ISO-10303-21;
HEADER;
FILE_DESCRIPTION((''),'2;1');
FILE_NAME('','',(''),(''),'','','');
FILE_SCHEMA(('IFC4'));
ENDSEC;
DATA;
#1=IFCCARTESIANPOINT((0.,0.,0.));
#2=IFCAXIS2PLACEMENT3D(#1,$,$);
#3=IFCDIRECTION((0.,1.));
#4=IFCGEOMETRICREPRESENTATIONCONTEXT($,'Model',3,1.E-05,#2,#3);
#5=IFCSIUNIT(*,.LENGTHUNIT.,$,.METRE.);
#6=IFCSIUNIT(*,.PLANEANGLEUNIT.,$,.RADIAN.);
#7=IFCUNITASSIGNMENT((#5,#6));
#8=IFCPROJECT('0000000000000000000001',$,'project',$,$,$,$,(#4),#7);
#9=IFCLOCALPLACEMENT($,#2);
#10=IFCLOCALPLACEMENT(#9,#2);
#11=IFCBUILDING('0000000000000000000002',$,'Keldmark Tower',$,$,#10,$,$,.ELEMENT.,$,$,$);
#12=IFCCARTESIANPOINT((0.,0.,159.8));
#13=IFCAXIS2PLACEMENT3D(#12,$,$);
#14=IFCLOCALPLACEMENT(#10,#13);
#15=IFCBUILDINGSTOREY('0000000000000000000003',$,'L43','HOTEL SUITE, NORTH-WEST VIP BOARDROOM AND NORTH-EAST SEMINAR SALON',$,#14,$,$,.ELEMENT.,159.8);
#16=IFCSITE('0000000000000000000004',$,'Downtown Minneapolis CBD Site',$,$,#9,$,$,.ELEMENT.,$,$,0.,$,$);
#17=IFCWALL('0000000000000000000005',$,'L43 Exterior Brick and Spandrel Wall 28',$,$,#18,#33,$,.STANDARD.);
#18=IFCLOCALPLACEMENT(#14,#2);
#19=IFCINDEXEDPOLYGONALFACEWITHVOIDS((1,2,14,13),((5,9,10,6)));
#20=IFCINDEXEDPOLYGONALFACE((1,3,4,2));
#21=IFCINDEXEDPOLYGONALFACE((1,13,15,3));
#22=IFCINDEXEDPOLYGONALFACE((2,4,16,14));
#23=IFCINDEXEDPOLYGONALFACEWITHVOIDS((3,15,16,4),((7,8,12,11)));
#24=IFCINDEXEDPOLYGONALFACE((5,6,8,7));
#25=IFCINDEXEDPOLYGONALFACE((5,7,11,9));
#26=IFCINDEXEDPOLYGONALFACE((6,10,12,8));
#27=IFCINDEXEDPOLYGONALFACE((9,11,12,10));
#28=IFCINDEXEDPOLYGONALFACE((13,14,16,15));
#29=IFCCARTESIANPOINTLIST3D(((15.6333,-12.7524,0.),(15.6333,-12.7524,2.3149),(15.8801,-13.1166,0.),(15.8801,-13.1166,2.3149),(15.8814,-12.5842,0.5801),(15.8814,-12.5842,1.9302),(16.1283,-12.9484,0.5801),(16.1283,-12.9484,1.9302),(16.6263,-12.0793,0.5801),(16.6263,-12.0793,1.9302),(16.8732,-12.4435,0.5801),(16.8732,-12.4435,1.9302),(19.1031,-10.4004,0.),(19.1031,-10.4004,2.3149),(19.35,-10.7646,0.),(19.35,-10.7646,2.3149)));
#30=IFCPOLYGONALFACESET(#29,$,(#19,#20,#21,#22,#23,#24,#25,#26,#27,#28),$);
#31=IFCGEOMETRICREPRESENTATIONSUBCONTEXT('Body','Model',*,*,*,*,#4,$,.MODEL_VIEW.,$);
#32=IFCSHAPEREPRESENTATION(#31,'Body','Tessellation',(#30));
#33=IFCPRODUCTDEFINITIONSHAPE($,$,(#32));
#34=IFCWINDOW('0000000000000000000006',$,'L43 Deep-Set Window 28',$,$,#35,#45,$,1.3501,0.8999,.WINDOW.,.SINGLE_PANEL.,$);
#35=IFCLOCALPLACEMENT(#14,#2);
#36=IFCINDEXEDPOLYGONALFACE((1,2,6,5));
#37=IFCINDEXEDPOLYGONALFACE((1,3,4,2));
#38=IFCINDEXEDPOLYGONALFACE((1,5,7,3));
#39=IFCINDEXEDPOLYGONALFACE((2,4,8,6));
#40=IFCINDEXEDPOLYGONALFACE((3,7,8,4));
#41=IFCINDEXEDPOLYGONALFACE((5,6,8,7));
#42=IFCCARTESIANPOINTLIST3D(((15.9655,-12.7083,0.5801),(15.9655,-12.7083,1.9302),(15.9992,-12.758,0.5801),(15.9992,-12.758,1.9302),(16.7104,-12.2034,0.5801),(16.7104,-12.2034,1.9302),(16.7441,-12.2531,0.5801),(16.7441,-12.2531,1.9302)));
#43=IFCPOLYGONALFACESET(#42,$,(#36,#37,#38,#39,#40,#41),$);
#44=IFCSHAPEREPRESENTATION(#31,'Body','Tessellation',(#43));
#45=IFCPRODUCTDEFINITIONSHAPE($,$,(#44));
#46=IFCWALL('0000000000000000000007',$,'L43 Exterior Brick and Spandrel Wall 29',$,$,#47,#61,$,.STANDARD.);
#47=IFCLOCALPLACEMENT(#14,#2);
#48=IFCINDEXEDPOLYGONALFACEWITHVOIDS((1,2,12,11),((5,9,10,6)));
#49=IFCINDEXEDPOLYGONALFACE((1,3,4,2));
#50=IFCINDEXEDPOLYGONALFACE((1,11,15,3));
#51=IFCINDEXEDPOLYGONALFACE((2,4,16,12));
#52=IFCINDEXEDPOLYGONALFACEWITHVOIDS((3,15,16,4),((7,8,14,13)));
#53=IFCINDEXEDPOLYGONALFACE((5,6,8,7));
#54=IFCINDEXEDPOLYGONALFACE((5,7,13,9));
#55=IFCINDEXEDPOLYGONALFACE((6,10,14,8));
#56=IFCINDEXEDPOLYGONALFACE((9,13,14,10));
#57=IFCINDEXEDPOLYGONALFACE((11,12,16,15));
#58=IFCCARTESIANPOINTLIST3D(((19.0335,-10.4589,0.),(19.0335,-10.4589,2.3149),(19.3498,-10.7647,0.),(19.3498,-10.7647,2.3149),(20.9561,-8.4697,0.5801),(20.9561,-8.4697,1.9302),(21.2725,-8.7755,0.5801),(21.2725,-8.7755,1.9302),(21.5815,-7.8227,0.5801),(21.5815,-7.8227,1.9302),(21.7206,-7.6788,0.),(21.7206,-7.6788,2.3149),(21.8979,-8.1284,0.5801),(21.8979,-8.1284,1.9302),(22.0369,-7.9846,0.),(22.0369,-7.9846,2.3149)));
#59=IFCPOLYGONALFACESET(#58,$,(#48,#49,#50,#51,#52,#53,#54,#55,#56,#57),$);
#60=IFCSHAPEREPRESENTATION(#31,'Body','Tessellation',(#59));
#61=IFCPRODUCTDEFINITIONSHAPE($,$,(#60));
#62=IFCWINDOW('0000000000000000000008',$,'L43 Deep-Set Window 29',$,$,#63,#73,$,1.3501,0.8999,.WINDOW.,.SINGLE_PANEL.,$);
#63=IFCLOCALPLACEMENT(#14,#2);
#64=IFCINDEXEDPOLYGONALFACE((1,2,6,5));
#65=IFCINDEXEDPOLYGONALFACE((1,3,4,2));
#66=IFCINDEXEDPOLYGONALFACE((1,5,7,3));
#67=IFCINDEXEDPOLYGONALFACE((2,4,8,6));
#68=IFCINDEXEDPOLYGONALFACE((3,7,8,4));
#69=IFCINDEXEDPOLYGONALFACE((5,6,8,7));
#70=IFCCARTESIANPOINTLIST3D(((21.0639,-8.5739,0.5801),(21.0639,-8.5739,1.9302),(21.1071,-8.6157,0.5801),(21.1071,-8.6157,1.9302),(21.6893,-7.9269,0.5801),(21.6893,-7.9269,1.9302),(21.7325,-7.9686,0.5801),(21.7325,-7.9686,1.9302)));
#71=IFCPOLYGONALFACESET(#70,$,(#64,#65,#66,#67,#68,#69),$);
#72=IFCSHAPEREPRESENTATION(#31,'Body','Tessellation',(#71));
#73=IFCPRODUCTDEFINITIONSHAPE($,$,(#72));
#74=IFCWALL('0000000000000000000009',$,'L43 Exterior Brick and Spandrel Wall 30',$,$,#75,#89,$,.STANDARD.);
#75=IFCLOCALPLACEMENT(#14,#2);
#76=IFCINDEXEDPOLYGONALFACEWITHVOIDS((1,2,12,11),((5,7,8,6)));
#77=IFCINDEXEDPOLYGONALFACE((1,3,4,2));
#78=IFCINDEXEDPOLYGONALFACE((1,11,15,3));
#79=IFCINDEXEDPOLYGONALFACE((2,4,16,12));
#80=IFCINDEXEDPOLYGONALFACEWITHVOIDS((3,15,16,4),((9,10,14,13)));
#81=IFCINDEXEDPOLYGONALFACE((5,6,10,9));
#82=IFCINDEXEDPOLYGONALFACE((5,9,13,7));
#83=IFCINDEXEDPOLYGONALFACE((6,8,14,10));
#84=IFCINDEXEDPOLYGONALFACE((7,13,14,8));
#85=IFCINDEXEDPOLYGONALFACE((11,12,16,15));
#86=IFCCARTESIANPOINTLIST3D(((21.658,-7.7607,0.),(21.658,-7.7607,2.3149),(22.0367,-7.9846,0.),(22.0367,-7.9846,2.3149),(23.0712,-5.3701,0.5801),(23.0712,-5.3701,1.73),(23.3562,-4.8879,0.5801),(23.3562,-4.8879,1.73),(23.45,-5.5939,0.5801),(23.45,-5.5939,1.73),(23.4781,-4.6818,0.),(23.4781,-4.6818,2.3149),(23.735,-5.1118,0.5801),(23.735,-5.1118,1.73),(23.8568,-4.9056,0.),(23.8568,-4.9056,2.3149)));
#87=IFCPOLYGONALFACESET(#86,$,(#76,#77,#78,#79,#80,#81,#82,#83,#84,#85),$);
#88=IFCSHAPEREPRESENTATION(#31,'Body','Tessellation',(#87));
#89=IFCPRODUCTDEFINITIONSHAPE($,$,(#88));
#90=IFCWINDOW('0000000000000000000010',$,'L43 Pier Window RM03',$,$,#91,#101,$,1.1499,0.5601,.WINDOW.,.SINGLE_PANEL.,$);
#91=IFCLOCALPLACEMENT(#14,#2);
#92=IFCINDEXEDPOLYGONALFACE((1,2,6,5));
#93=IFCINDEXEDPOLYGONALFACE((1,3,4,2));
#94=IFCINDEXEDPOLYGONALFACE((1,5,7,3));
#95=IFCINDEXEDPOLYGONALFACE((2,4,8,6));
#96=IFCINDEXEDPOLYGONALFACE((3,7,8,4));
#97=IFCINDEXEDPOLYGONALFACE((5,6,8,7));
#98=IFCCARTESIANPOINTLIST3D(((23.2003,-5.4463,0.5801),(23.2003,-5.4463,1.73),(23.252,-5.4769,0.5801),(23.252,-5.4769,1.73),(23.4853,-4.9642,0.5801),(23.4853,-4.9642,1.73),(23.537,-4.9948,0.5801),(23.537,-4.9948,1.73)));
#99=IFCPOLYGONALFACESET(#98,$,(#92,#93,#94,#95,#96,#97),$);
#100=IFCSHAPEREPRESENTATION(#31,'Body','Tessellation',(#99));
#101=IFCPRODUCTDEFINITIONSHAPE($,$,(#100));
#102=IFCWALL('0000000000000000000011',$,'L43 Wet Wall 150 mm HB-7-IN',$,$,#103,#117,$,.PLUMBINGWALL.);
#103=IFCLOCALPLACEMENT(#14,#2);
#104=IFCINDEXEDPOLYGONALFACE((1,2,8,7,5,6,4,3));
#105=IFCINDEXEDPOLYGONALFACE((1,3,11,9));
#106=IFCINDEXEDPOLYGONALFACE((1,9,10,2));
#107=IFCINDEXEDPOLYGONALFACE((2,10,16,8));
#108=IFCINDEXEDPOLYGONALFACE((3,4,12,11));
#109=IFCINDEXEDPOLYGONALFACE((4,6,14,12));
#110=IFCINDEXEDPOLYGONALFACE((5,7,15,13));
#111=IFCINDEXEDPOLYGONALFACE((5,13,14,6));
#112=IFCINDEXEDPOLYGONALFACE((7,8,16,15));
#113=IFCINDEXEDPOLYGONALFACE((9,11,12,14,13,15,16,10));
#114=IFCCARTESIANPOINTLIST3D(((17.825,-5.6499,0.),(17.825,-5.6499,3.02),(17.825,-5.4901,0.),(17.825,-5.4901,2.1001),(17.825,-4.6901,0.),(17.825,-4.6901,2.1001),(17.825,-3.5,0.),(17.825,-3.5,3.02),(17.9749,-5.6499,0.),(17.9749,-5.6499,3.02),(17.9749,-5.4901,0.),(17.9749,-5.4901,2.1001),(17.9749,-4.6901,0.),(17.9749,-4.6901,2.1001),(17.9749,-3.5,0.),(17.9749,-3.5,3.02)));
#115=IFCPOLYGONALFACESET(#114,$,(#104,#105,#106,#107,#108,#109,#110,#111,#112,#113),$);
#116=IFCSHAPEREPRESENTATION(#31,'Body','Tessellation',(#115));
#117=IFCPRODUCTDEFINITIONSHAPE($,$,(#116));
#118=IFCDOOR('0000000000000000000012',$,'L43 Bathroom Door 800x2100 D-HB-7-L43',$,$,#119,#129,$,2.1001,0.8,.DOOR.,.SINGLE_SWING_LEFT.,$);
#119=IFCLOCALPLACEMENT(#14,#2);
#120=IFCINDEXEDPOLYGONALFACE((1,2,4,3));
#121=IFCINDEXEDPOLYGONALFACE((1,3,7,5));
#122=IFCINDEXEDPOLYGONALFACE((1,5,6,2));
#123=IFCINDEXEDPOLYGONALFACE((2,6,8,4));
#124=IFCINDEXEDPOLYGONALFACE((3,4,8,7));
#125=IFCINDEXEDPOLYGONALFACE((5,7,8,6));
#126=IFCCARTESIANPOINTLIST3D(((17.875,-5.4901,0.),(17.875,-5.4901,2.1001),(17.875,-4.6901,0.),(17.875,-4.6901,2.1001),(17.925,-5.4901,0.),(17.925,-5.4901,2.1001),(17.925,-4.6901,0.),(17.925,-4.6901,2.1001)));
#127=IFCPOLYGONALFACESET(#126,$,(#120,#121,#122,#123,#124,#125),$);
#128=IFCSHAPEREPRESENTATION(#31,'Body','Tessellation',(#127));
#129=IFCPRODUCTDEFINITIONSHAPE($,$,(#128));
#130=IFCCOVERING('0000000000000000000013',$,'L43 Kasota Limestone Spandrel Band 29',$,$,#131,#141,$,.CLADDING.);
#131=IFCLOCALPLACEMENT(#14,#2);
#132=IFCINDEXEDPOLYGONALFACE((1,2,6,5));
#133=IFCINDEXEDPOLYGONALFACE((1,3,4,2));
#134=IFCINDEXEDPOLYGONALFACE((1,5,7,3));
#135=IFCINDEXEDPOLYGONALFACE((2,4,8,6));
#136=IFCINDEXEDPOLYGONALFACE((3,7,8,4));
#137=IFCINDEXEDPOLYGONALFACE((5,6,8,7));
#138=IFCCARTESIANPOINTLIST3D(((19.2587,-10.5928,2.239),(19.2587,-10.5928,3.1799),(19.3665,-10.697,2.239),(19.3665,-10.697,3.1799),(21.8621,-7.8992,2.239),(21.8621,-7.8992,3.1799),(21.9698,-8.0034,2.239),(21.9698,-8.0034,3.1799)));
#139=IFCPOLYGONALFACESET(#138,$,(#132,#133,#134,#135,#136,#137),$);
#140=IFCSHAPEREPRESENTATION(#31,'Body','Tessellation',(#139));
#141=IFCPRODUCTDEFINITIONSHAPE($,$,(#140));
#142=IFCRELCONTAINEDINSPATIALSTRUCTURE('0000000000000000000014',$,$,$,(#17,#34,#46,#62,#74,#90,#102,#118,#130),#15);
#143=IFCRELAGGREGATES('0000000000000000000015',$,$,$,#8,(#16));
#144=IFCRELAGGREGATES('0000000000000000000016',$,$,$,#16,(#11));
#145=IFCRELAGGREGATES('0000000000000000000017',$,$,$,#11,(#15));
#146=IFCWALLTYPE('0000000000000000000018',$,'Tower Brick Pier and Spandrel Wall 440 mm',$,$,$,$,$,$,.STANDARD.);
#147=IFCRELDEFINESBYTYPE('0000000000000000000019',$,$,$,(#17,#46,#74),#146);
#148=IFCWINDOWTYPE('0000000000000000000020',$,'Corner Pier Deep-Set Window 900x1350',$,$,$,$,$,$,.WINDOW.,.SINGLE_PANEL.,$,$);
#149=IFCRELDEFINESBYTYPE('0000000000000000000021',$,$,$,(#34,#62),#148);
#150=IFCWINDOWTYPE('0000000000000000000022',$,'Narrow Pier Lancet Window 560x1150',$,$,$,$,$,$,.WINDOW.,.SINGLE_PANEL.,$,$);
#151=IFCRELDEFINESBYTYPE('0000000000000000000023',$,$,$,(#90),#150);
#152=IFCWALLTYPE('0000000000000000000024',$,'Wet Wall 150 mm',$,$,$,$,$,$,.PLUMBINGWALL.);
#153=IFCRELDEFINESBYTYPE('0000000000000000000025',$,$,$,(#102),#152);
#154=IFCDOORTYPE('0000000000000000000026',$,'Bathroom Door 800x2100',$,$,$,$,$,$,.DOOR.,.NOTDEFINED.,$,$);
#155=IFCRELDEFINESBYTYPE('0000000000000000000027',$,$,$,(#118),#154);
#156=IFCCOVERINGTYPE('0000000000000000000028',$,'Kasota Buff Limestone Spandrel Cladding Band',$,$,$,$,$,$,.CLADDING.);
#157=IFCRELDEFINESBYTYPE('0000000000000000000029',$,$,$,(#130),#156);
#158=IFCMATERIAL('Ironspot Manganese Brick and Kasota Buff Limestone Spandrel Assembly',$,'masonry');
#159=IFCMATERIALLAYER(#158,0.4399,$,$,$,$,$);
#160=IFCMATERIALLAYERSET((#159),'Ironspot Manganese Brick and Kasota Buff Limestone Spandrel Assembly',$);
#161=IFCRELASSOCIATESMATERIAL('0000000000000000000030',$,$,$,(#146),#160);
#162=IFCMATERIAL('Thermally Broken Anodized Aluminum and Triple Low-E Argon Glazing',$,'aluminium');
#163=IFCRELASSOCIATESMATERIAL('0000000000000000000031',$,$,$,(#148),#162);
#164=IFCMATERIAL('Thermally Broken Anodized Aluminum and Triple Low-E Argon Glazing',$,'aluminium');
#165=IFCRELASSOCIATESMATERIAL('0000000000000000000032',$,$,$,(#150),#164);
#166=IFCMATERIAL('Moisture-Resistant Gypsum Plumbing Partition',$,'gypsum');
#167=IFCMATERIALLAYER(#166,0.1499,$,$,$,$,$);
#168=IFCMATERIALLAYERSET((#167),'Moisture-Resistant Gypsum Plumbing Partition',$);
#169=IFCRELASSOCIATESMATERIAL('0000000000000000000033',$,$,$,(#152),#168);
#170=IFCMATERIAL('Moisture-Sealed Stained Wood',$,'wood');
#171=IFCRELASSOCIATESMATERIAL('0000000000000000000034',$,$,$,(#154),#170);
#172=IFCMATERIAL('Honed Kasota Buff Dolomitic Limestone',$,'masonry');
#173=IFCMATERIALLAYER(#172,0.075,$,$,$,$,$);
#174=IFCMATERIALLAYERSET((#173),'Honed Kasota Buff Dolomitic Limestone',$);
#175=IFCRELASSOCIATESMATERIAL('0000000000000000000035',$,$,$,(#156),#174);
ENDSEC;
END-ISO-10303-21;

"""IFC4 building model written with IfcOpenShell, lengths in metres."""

from ifc_helpers import new_model, si_unit, direction, frame, frame_2d, origin, origin_2d, place, context, subcontext, project, spatial, rectangle, extrude, material, layer, layer_set, type_object, element, fill, save


model = new_model("IFC4")

# Units and contexts
model_context = context("Model", 3, precision=1e-05, world=origin(), true_north=direction((0.0, 1.0)))
body_context = subcontext(model_context, "Body", "Model", "MODEL_VIEW")
ifc_project = project(units=[si_unit("LENGTHUNIT", "METRE"), si_unit("PLANEANGLEUNIT", "RADIAN")], contexts=[model_context])

# Site, building, storey
site_placement = place(None, origin())
site = spatial("IfcSite", under=ifc_project, at=site_placement, Name="Downtown Minneapolis CBD Site", CompositionType="ELEMENT", RefElevation=0.0)
building_placement = place(site_placement, origin())
building = spatial("IfcBuilding", under=site, at=building_placement, Name="Keldmark Tower", CompositionType="ELEMENT")
storey_placement = place(building_placement, frame((0.0, 0.0, 159.8)))
storey = spatial("IfcBuildingStorey", under=building, at=storey_placement, Name="L43", Description="HOTEL SUITE, NORTH-WEST VIP BOARDROOM AND NORTH-EAST SEMINAR SALON", CompositionType="ELEMENT", Elevation=159.8)

# Walls, openings, windows
ifc_material_1 = material(Name="Ironspot Manganese Brick and Kasota Buff Limestone Spandrel Assembly", Category="masonry")
ifc_layer_1 = layer(ifc_material_1, 0.4399)
ifc_layer_set_1 = layer_set([ifc_layer_1], Name="Ironspot Manganese Brick and Kasota Buff Limestone Spandrel Assembly")
wall_type_1 = type_object("IfcWallType", Name="Tower Brick Pier and Spandrel Wall 440 mm", PredefinedType="STANDARD", material=ifc_layer_set_1)
wall_1_placement = place(storey_placement, frame((19.2266, -10.5825, 0.0), z_axis=(0.0, 0.0, 1.0), x_axis=(-0.827761, -0.561081, 0.0)))
wall_1 = element("IfcWall", 1, at=wall_1_placement, inside=storey, type_object=wall_type_1, Name="L43 Exterior Brick and Spandrel Wall 28", PredefinedType="STANDARD", context=body_context, shape_type="SweptSolid", body=[
    extrude(rectangle(XDim=4.1919, YDim=0.4399, at=frame_2d((2.0959, 0.0))), origin(), (0.0, 0.0, 1.0), 2.3149),
])
opening_1_placement = place(wall_1_placement, frame((2.9922, 0.0, 0.5801)))
opening_1 = element("IfcOpeningElement", 2, at=opening_1_placement, cuts=wall_1, PredefinedType="OPENING", context=body_context, shape_type="SweptSolid", body=[
    extrude(rectangle(XDim=0.8999, YDim=1.3501, at=frame_2d((0.45, 0.675))), frame((0.0, 0.23, 0.0), z_axis=(0.0, -1.0, 0.0), x_axis=(1.0, 0.0, 0.0)), (0.0, 0.0, 1.0), 0.46),
])
ifc_material_2 = material(Name="Thermally Broken Anodized Aluminum and Triple Low-E Argon Glazing", Category="aluminium")
window_type_1 = type_object("IfcWindowType", Name="Corner Pier Deep-Set Window 900x1350", PartitioningType="SINGLE_PANEL", PredefinedType="WINDOW", material=ifc_material_2)
window_1_placement = place(opening_1_placement, origin())
window_1 = element("IfcWindow", 3, at=window_1_placement, inside=storey, type_object=window_type_1, Name="L43 Deep-Set Window 28", OverallHeight=1.3501, OverallWidth=0.8999, PartitioningType="SINGLE_PANEL", PredefinedType="WINDOW", context=body_context, shape_type="SweptSolid", body=[
    extrude(rectangle(XDim=0.8999, YDim=1.3501, at=frame_2d((0.45, 0.675))), frame((0.0, -0.01, 0.0), z_axis=(0.0, -1.0, 0.0), x_axis=(1.0, 0.0, 0.0)), (0.0, 0.0, 1.0), 0.0601),
])
fill(opening_1, window_1)
wall_2_placement = place(storey_placement, frame((21.8787, -7.8318, 0.0), z_axis=(0.0, 0.0, 1.0), x_axis=(-0.694975, -0.719034, 0.0)))
wall_2 = element("IfcWall", 4, at=wall_2_placement, inside=storey, type_object=wall_type_1, Name="L43 Exterior Brick and Spandrel Wall 29", PredefinedType="STANDARD", context=body_context, shape_type="SweptSolid", body=[
    extrude(rectangle(XDim=3.8665, YDim=0.4399, at=frame_2d((1.9331, 0.0))), origin(), (0.0, 0.0, 1.0), 2.3149),
])
opening_2_placement = place(wall_2_placement, frame((0.2, 0.0, 0.5801)))
opening_2 = element("IfcOpeningElement", 5, at=opening_2_placement, cuts=wall_2, PredefinedType="OPENING", context=body_context, shape_type="SweptSolid", body=[
    extrude(rectangle(XDim=0.8999, YDim=1.3501, at=frame_2d((0.45, 0.675))), frame((0.0, 0.23, 0.0), z_axis=(0.0, -1.0, 0.0), x_axis=(1.0, 0.0, 0.0)), (0.0, 0.0, 1.0), 0.46),
])
window_2_placement = place(opening_2_placement, origin())
window_2 = element("IfcWindow", 6, at=window_2_placement, inside=storey, type_object=window_type_1, Name="L43 Deep-Set Window 29", OverallHeight=1.3501, OverallWidth=0.8999, PartitioningType="SINGLE_PANEL", PredefinedType="WINDOW", context=body_context, shape_type="SweptSolid", body=[
    extrude(rectangle(XDim=0.8999, YDim=1.3501, at=frame_2d((0.45, 0.675))), frame((0.0, -0.01, 0.0), z_axis=(0.0, -1.0, 0.0), x_axis=(1.0, 0.0, 0.0)), (0.0, 0.0, 1.0), 0.0601),
])
fill(opening_2, window_2)
wall_3_placement = place(storey_placement, frame((23.6675, -4.7937, 0.0), z_axis=(0.0, 0.0, 1.0), x_axis=(-0.508883, -0.860835, 0.0)))
wall_3 = element("IfcWall", 7, at=wall_3_placement, inside=storey, type_object=wall_type_1, Name="L43 Exterior Brick and Spandrel Wall 30", PredefinedType="STANDARD", context=body_context, shape_type="SweptSolid", body=[
    extrude(rectangle(XDim=3.5767, YDim=0.4399, at=frame_2d((1.7883, 0.0))), origin(), (0.0, 0.0, 1.0), 2.3149),
])
opening_3_placement = place(wall_3_placement, frame((0.2395, 0.0, 0.5801)))
opening_3 = element("IfcOpeningElement", 8, at=opening_3_placement, cuts=wall_3, PredefinedType="OPENING", context=body_context, shape_type="SweptSolid", body=[
    extrude(rectangle(XDim=0.5601, YDim=1.1499, at=frame_2d((0.28, 0.575))), frame((0.0, 0.23, 0.0), z_axis=(0.0, -1.0, 0.0), x_axis=(1.0, 0.0, 0.0)), (0.0, 0.0, 1.0), 0.46),
])
ifc_material_3 = material(Name="Thermally Broken Anodized Aluminum and Triple Low-E Argon Glazing", Category="aluminium")
window_type_2 = type_object("IfcWindowType", Name="Narrow Pier Lancet Window 560x1150", PartitioningType="SINGLE_PANEL", PredefinedType="WINDOW", material=ifc_material_3)
window_3_placement = place(opening_3_placement, origin())
window_3 = element("IfcWindow", 9, at=window_3_placement, inside=storey, type_object=window_type_2, Name="L43 Pier Window RM03", OverallHeight=1.1499, OverallWidth=0.5601, PartitioningType="SINGLE_PANEL", PredefinedType="WINDOW", context=body_context, shape_type="SweptSolid", body=[
    extrude(rectangle(XDim=0.5601, YDim=1.1499, at=frame_2d((0.28, 0.575))), frame((0.0, -0.01, 0.0), z_axis=(0.0, -1.0, 0.0), x_axis=(1.0, 0.0, 0.0)), (0.0, 0.0, 1.0), 0.0601),
])
fill(opening_3, window_3)

# Wall, opening, door
ifc_material_4 = material(Name="Moisture-Resistant Gypsum Plumbing Partition", Category="gypsum")
ifc_layer_2 = layer(ifc_material_4, 0.1499)
ifc_layer_set_2 = layer_set([ifc_layer_2], Name="Moisture-Resistant Gypsum Plumbing Partition")
wall_type_2 = type_object("IfcWallType", Name="Wet Wall 150 mm", PredefinedType="PLUMBINGWALL", material=ifc_layer_set_2)
wall_4_placement = place(storey_placement, frame((17.8999, -5.6499, 0.0), z_axis=(0.0, 0.0, 1.0), x_axis=(0.0, 1.0, 0.0)))
wall_4 = element("IfcWall", 10, at=wall_4_placement, inside=storey, type_object=wall_type_2, Name="L43 Wet Wall 150 mm HB-7-IN", PredefinedType="PLUMBINGWALL", context=body_context, shape_type="SweptSolid", body=[
    extrude(rectangle(XDim=2.1499, YDim=0.1499, at=frame_2d((1.075, 0.0))), origin(), (0.0, 0.0, 1.0), 3.02),
])
opening_4_placement = place(wall_4_placement, frame((0.1599, 0.0, 0.0)))
opening_4 = element("IfcOpeningElement", 11, at=opening_4_placement, cuts=wall_4, PredefinedType="OPENING", context=body_context, shape_type="SweptSolid", body=[
    extrude(rectangle(XDim=0.8, YDim=2.1001, at=frame_2d((0.3999, 1.05))), frame((0.0, 0.085, 0.0), z_axis=(0.0, -1.0, 0.0), x_axis=(1.0, 0.0, 0.0)), (0.0, 0.0, 1.0), 0.1699),
])
ifc_material_5 = material(Name="Moisture-Sealed Stained Wood", Category="wood")
door_type = type_object("IfcDoorType", Name="Bathroom Door 800x2100", OperationType="NOTDEFINED", PredefinedType="DOOR", material=ifc_material_5)
door_placement = place(opening_4_placement, origin())
door = element("IfcDoor", 12, at=door_placement, inside=storey, type_object=door_type, Name="L43 Bathroom Door 800x2100 D-HB-7-L43", OperationType="SINGLE_SWING_LEFT", OverallHeight=2.1001, OverallWidth=0.8, PredefinedType="DOOR", context=body_context, shape_type="SweptSolid", body=[
    extrude(rectangle(XDim=0.8, YDim=2.1001, at=frame_2d((0.3999, 1.05))), frame((0.0, 0.0249, 0.0), z_axis=(0.0, -1.0, 0.0), x_axis=(1.0, 0.0, 0.0)), (0.0, 0.0, 1.0), 0.05),
])
fill(opening_4, door)

# Covering
ifc_material_6 = material(Name="Honed Kasota Buff Dolomitic Limestone", Category="masonry")
ifc_layer_3 = layer(ifc_material_6, 0.075)
ifc_layer_set_3 = layer_set([ifc_layer_3], Name="Honed Kasota Buff Dolomitic Limestone")
covering_type = type_object("IfcCoveringType", Name="Kasota Buff Limestone Spandrel Cladding Band", PredefinedType="CLADDING", material=ifc_layer_set_3)
covering_placement = place(storey_placement, frame((20.6143, -9.2981, 2.239), z_axis=(0.0, 0.0, 1.0), x_axis=(0.69496, 0.719049, 0.0)))
element("IfcCovering", 13, at=covering_placement, inside=storey, type_object=covering_type, Name="L43 Kasota Limestone Spandrel Band 29", PredefinedType="CLADDING", context=body_context, shape_type="SweptSolid", body=[
    extrude(rectangle(XDim=3.7461, YDim=0.1499, at=origin_2d()), origin(), (0.0, 0.0, 1.0), 0.9409),
])

save(model, "model.ifc")
